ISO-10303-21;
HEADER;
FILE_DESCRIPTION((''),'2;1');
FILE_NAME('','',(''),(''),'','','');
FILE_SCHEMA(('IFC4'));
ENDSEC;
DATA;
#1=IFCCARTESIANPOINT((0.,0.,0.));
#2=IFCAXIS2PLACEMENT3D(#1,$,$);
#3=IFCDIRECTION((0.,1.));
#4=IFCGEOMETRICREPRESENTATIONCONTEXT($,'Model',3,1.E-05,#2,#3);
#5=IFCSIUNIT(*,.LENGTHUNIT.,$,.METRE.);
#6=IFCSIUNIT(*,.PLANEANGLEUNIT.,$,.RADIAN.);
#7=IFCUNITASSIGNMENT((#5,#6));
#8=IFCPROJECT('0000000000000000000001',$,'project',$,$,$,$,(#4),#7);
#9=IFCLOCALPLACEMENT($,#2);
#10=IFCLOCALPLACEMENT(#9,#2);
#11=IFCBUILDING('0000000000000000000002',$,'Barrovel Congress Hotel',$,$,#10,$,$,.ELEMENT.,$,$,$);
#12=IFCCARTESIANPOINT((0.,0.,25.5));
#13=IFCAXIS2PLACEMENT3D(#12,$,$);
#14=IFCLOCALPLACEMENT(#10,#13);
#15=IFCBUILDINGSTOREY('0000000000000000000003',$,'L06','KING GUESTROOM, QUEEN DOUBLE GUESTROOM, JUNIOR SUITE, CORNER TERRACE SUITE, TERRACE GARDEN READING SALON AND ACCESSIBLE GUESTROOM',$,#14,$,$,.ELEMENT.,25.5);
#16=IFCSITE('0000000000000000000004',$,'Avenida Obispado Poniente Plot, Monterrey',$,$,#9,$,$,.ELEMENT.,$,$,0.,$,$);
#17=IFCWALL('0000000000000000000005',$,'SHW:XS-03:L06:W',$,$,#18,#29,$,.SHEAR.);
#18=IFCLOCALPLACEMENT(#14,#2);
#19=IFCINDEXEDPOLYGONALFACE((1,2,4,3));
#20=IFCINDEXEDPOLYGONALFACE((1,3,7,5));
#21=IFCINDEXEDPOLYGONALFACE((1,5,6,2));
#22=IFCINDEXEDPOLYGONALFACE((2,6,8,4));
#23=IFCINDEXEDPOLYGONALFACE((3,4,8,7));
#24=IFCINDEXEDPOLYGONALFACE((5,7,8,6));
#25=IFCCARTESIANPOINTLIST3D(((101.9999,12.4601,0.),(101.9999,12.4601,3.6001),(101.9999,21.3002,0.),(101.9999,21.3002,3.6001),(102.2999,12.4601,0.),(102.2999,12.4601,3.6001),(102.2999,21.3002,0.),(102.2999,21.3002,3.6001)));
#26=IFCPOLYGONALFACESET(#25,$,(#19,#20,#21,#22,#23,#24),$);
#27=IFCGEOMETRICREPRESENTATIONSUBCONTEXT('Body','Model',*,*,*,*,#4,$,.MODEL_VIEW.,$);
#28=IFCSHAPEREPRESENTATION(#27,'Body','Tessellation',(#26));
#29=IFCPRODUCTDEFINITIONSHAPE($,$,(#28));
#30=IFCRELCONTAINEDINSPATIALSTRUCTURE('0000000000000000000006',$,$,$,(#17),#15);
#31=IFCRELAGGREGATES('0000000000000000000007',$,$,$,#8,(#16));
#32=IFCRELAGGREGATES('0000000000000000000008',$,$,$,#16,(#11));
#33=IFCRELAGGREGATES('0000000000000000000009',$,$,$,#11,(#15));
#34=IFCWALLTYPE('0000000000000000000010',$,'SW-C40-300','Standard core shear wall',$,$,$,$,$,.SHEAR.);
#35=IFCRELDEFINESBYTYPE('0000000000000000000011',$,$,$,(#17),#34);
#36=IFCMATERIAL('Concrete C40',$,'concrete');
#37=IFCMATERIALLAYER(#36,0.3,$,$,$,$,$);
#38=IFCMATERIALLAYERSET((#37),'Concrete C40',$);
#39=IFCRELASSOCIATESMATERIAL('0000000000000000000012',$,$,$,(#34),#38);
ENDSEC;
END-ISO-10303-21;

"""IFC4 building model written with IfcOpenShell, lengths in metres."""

from ifc_helpers import new_model, si_unit, direction, frame, frame_2d, origin, place, context, subcontext, project, spatial, rectangle, extrude, material, layer, layer_set, type_object, element, save


model = new_model("IFC4")

# Units and contexts
model_context = context("Model", 3, precision=1e-05, world=origin(), true_north=direction((0.0, 1.0)))
body_context = subcontext(model_context, "Body", "Model", "MODEL_VIEW")
ifc_project = project(units=[si_unit("LENGTHUNIT", "METRE"), si_unit("PLANEANGLEUNIT", "RADIAN")], contexts=[model_context])

# Site, building, storey
site_placement = place(None, origin())
site = spatial("IfcSite", under=ifc_project, at=site_placement, Name="Avenida Obispado Poniente Plot, Monterrey", CompositionType="ELEMENT", RefElevation=0.0)
building_placement = place(site_placement, origin())
building = spatial("IfcBuilding", under=site, at=building_placement, Name="Barrovel Congress Hotel", CompositionType="ELEMENT")
storey_placement = place(building_placement, frame((0.0, 0.0, 25.5)))
storey = spatial("IfcBuildingStorey", under=building, at=storey_placement, Name="L06", Description="KING GUESTROOM, QUEEN DOUBLE GUESTROOM, JUNIOR SUITE, CORNER TERRACE SUITE, TERRACE GARDEN READING SALON AND ACCESSIBLE GUESTROOM", CompositionType="ELEMENT", Elevation=25.5)

# Shared definitions
ifc_material_1 = material(Name="Concrete C40", Category="concrete")

# Wall
ifc_layer_1 = layer(ifc_material_1, 0.3)
ifc_layer_set_1 = layer_set([ifc_layer_1], Name="Concrete C40")
wall_type_1 = type_object("IfcWallType", Name="SW-C40-300", Description="Standard core shear wall", PredefinedType="SHEAR", material=ifc_layer_set_1)
wall_1_placement = place(storey_placement, frame((102.1499, 21.3, 0.0), z_axis=(0.0, 0.0, 1.0), x_axis=(0.0, -1.0, 0.0)))
element("IfcWall", 1, at=wall_1_placement, inside=storey, type_object=wall_type_1, Name="SHW:XS-03:L06:W", PredefinedType="SHEAR", context=body_context, shape_type="SweptSolid", body=[
    extrude(rectangle(XDim=8.8401, YDim=0.3, at=frame_2d((4.4199, 0.0))), origin(), (0.0, 0.0, 1.0), 3.6001),
])

save(model, "model.ifc")
